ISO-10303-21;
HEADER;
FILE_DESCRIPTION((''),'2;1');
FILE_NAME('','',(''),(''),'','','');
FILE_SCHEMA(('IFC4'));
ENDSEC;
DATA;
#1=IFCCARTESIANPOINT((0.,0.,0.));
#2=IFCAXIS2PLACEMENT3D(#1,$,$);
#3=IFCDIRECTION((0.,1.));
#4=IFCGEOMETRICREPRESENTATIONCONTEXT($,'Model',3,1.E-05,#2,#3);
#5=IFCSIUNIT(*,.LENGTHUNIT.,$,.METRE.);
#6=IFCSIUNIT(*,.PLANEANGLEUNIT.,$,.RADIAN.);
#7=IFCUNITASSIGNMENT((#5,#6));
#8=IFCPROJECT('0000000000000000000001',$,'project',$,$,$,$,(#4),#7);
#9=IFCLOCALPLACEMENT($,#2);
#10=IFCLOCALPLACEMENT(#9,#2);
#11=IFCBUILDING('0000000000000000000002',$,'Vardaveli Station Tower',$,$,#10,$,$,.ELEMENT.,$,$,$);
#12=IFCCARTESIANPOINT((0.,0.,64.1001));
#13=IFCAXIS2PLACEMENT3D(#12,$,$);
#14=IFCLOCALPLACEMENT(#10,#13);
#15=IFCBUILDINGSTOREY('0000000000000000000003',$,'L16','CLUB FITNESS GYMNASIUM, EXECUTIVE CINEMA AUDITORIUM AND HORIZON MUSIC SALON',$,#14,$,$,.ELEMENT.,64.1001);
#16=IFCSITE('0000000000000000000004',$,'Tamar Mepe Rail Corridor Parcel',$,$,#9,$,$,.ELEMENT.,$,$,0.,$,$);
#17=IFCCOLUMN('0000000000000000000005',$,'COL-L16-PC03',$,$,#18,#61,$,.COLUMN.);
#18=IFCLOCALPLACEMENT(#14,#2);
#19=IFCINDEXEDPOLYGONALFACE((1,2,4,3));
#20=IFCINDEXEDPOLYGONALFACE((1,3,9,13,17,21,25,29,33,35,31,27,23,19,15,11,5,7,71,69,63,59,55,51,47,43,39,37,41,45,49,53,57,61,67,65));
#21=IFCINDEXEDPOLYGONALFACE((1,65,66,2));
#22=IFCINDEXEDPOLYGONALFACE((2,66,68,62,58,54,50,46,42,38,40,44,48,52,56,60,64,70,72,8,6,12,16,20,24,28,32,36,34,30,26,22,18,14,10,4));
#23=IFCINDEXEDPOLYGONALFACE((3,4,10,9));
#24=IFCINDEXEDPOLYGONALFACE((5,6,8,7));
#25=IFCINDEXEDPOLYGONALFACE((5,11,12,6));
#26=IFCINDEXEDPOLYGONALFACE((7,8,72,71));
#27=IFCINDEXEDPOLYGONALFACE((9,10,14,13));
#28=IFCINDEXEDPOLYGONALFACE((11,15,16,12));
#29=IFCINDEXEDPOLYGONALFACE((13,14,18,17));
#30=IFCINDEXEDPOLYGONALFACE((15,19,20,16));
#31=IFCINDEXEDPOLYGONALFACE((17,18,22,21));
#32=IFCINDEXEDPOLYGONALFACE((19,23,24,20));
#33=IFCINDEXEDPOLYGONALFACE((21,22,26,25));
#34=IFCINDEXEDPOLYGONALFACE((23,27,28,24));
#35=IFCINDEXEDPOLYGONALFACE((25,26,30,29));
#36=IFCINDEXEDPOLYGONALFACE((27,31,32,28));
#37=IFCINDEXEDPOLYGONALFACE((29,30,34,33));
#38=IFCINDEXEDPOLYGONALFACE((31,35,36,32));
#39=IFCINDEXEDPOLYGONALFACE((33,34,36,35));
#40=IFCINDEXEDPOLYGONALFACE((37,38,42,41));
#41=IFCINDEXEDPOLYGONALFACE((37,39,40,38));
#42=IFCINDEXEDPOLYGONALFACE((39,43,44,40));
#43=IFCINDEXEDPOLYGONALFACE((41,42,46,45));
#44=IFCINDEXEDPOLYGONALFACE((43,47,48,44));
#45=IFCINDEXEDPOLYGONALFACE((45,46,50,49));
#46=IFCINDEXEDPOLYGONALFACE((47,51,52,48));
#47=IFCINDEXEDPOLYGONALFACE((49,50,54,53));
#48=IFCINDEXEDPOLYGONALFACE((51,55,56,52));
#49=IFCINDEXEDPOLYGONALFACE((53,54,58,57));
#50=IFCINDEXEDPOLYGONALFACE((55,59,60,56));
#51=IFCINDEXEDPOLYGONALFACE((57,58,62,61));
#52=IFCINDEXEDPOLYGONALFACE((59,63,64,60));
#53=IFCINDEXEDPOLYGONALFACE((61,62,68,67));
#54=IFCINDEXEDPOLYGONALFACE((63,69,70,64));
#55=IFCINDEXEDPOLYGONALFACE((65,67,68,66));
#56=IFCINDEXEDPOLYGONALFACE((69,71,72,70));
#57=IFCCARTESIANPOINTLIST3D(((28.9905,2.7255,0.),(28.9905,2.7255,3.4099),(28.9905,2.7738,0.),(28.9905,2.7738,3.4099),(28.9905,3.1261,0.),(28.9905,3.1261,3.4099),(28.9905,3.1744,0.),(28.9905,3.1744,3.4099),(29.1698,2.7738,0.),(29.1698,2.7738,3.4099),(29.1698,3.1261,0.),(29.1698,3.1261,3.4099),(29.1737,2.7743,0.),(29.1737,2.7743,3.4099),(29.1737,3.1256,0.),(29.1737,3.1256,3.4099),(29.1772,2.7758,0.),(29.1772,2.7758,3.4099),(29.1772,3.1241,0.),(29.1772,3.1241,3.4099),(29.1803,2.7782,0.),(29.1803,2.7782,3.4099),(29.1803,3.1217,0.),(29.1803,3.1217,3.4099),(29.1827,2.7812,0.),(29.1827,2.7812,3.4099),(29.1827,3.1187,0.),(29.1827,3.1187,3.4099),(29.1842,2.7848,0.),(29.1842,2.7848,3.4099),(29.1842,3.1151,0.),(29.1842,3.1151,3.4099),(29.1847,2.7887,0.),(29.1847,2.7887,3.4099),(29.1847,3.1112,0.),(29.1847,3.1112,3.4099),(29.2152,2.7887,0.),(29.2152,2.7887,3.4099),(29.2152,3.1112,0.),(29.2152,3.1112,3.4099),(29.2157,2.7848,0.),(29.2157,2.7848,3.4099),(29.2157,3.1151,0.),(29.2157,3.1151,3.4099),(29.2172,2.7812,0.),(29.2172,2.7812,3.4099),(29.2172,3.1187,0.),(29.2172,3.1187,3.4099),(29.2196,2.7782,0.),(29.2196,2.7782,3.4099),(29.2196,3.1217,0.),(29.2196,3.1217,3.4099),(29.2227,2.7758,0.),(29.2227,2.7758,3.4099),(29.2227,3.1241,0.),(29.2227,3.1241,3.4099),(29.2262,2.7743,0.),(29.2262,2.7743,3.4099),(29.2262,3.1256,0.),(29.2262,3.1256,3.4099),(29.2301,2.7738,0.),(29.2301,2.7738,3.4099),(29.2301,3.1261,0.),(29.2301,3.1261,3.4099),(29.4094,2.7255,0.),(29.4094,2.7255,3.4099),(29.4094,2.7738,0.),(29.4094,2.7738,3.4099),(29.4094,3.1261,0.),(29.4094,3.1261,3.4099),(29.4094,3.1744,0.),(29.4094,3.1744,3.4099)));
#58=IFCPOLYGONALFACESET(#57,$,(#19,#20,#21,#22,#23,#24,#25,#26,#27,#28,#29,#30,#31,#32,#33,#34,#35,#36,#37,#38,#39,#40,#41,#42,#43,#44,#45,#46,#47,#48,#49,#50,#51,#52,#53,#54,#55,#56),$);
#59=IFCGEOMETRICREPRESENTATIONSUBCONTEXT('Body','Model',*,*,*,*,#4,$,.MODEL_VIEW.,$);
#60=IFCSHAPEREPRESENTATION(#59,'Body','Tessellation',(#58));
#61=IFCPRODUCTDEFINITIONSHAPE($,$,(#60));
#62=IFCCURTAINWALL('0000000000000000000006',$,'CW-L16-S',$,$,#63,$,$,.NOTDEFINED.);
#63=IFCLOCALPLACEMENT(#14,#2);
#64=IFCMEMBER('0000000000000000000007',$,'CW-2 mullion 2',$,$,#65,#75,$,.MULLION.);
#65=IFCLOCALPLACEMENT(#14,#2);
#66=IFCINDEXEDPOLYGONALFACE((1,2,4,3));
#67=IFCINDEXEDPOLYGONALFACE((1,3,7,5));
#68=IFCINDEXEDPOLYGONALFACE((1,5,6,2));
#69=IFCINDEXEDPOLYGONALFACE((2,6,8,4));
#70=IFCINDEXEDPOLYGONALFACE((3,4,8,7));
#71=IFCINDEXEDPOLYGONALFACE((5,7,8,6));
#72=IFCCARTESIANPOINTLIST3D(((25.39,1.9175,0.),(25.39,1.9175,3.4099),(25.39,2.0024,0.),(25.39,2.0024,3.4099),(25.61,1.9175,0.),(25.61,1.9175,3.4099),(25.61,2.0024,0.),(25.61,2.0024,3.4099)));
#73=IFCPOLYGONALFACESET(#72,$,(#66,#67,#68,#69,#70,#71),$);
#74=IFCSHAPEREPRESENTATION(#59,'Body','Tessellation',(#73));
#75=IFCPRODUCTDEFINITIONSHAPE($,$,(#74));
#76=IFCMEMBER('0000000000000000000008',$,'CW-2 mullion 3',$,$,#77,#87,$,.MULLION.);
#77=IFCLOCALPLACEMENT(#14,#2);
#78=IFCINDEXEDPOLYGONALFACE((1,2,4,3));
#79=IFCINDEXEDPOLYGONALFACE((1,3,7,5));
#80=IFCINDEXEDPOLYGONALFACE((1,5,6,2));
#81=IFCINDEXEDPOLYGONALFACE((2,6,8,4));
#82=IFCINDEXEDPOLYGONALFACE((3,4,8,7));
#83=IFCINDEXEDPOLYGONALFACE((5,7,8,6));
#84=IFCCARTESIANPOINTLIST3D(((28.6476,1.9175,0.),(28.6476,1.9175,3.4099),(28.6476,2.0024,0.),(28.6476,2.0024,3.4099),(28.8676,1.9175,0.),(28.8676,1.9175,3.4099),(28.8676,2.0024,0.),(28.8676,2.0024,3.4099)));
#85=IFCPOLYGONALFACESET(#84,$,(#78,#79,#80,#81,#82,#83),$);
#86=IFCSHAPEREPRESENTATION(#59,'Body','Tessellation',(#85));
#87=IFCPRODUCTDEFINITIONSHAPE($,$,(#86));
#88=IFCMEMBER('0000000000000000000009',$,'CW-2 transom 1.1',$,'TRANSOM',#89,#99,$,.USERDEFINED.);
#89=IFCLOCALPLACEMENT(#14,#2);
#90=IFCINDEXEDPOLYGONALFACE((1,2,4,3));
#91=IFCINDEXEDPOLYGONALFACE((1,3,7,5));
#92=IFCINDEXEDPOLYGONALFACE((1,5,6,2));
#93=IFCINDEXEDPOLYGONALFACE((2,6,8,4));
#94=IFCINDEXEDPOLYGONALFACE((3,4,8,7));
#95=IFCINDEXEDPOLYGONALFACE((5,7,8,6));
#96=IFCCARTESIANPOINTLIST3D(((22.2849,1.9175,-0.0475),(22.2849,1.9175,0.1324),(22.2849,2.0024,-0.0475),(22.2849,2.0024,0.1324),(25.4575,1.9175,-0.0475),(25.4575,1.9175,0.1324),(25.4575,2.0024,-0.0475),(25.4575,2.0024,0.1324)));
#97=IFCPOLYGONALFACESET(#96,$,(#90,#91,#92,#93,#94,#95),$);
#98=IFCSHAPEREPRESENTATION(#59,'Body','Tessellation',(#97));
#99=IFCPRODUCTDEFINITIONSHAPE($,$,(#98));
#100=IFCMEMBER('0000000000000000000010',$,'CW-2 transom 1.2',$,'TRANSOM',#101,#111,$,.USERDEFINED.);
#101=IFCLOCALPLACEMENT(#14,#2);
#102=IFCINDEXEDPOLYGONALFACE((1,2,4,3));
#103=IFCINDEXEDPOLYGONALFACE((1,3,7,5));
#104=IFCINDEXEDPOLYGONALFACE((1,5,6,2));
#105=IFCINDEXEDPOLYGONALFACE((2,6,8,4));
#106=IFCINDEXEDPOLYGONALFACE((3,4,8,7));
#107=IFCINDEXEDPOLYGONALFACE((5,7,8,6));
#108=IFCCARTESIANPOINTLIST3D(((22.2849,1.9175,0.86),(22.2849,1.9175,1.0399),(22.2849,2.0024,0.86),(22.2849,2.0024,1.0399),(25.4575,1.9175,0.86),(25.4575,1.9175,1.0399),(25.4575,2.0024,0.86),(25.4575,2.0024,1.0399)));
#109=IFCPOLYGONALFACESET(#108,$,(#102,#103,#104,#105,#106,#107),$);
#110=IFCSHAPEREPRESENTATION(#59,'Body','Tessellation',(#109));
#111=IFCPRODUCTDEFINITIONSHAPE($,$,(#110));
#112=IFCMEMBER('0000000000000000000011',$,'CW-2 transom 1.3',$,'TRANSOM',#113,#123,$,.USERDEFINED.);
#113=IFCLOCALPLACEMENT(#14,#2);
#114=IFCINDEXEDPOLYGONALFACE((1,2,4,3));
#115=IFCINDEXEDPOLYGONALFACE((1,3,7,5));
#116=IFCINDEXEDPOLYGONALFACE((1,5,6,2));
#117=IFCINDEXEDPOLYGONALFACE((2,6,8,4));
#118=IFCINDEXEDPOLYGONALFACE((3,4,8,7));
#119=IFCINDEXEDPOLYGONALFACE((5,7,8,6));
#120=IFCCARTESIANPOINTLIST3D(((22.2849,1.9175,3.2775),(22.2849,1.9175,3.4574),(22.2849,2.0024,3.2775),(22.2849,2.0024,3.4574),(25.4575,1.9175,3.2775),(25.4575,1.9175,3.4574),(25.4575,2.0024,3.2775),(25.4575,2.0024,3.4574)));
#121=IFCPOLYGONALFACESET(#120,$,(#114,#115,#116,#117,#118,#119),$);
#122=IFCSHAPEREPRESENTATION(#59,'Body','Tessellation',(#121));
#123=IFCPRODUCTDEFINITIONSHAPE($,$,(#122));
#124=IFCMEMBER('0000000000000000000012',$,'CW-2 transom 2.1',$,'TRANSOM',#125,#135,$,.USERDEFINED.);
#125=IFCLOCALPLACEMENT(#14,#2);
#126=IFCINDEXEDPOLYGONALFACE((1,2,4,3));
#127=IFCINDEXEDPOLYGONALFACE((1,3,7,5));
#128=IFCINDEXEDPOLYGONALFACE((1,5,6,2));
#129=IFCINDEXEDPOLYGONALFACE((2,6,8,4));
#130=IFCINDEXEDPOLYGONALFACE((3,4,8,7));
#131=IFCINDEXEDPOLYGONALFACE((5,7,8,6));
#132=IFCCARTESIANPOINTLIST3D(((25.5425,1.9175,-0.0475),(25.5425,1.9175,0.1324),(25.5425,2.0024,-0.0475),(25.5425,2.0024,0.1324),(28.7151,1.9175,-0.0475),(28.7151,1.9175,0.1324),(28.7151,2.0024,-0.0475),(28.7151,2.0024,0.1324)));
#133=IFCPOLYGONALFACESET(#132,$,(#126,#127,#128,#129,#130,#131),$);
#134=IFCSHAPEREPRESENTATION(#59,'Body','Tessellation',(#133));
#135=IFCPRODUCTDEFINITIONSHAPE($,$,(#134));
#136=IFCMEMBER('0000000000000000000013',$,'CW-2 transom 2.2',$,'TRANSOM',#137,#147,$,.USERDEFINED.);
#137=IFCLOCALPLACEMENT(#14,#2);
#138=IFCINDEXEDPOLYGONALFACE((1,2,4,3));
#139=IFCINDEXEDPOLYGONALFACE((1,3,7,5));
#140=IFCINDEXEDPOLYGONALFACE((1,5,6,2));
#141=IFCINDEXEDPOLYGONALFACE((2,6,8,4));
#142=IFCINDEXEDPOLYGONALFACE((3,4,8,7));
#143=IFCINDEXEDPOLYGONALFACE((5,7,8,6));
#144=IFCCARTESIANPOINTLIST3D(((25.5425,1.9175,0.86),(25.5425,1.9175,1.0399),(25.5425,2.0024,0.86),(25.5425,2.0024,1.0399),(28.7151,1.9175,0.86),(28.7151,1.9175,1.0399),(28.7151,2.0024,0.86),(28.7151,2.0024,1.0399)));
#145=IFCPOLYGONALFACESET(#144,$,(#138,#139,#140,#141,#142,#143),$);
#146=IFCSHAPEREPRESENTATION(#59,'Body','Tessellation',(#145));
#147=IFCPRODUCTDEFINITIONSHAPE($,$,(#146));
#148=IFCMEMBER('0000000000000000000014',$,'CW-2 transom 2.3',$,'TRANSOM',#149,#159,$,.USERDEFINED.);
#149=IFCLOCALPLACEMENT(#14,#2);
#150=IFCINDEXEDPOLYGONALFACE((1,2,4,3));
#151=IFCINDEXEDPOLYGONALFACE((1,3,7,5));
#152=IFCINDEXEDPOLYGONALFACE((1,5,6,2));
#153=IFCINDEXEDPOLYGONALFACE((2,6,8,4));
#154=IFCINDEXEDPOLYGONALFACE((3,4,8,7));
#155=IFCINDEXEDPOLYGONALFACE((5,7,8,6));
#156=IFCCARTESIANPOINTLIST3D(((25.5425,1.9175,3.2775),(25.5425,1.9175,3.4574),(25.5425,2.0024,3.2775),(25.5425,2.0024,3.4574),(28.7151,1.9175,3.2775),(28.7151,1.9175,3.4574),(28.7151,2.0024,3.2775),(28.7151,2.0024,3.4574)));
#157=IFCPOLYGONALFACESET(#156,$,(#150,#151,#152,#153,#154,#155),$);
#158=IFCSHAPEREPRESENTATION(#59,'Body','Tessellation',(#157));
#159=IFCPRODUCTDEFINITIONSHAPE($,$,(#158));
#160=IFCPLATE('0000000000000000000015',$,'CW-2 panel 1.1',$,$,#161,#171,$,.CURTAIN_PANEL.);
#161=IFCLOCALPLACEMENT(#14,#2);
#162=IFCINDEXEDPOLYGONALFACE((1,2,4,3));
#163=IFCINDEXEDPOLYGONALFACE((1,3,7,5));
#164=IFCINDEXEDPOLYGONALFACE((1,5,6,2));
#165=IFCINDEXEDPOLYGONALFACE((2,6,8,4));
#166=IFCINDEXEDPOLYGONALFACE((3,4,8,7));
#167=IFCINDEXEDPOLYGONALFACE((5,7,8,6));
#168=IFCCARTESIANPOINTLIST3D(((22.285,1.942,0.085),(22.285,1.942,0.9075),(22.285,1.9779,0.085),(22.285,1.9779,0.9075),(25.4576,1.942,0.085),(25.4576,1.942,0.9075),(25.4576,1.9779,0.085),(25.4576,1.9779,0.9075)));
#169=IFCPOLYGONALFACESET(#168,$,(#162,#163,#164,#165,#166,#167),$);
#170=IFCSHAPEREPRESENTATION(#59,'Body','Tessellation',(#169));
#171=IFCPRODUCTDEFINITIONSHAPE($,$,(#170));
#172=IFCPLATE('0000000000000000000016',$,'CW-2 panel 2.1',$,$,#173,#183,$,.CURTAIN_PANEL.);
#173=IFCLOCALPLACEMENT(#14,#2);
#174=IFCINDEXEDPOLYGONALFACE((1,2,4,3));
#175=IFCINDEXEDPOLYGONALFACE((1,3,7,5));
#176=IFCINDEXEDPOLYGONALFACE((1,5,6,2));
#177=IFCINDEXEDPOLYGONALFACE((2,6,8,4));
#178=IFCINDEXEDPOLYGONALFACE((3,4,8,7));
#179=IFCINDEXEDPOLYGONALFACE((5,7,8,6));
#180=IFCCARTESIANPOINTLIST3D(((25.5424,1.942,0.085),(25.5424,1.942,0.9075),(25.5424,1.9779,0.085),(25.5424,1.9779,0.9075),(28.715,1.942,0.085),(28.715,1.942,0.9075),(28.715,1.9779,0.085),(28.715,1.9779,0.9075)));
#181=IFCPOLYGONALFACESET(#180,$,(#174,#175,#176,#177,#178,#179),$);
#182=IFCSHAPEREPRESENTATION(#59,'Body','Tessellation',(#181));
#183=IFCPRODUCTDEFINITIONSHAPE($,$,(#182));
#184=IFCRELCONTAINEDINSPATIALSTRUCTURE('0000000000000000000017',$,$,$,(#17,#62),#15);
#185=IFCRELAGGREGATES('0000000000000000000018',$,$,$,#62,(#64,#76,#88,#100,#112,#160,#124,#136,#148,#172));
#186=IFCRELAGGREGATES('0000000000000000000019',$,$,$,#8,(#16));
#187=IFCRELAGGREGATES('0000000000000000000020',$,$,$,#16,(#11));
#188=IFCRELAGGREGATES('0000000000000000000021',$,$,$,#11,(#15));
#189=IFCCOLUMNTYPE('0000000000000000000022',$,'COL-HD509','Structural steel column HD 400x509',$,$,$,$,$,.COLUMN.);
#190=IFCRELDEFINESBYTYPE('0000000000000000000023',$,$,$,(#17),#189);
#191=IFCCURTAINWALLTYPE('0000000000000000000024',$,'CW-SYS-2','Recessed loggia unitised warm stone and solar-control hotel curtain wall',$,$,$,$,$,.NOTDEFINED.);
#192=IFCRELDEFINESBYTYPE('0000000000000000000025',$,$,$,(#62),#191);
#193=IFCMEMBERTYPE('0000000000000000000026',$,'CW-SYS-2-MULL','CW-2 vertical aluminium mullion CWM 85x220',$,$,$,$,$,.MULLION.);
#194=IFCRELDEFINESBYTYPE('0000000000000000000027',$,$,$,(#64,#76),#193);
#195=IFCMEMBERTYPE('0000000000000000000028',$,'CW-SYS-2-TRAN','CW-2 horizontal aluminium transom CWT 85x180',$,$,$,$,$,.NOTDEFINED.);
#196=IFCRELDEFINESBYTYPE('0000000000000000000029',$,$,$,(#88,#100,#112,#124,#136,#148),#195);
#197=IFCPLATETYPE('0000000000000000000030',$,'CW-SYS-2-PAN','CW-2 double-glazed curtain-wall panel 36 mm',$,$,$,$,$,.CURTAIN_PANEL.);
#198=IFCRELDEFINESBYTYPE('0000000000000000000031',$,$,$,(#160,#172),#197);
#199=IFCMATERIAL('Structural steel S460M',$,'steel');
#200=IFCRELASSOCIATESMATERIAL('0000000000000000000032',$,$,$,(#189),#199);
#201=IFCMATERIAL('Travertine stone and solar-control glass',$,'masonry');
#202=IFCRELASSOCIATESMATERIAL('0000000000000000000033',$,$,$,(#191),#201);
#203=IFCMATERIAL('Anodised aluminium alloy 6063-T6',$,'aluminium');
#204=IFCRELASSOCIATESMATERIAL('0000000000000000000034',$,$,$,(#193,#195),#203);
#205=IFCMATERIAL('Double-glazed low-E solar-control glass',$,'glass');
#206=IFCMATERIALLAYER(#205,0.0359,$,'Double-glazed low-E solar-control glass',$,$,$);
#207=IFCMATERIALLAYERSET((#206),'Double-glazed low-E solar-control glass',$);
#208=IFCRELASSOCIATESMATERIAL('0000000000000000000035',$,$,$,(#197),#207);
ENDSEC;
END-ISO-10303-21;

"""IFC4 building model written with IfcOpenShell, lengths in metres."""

from ifc_helpers import new_model, si_unit, direction, frame, origin, origin_2d, place, context, subcontext, project, spatial, rectangle, i_section, extrude, source, transform, mapped, material, layer, layer_set, material_profile, profile_set, type_object, element, aggregate, save


model = new_model("IFC4")

# Units and contexts
model_context = context("Model", 3, precision=1e-05, world=origin(), true_north=direction((0.0, 1.0)))
body_context = subcontext(model_context, "Body", "Model", "MODEL_VIEW")
ifc_project = project(units=[si_unit("LENGTHUNIT", "METRE"), si_unit("PLANEANGLEUNIT", "RADIAN")], contexts=[model_context])

# Site, building, storey
site_placement = place(None, origin())
site = spatial("IfcSite", under=ifc_project, at=site_placement, Name="Tamar Mepe Rail Corridor Parcel", CompositionType="ELEMENT", RefElevation=0.0)
building_placement = place(site_placement, origin())
building = spatial("IfcBuilding", under=site, at=building_placement, Name="Vardaveli Station Tower", CompositionType="ELEMENT")
storey_placement = place(building_placement, frame((0.0, 0.0, 64.1001)))
storey = spatial("IfcBuildingStorey", under=building, at=storey_placement, Name="L16", Description="CLUB FITNESS GYMNASIUM, EXECUTIVE CINEMA AUDITORIUM AND HORIZON MUSIC SALON", CompositionType="ELEMENT", Elevation=64.1001)

# Column
ifc_material_1 = material(Name="Structural steel S460M", Category="steel")
ifc_material_profile_1 = material_profile(ifc_material_1, i_section(OverallWidth=0.4189, OverallDepth=0.449, WebThickness=0.0305, FlangeThickness=0.0483, FilletRadius=0.0149, at=origin_2d()), Name="HD 400x509")
ifc_profile_set_1 = profile_set([ifc_material_profile_1], Name="Structural steel S460M")
column_type = type_object("IfcColumnType", Name="COL-HD509", Description="Structural steel column HD 400x509", PredefinedType="COLUMN", material=ifc_profile_set_1)
shared_shape_1 = source(origin(), body_context, "Body", "SweptSolid", [
    extrude(i_section(OverallWidth=0.4189, OverallDepth=0.449, WebThickness=0.0305, FlangeThickness=0.0483, FilletRadius=0.0149, at=origin_2d()), origin(), (0.0, 0.0, 1.0), 3.4099),
])
column_placement = place(storey_placement, frame((29.2, 2.95, 0.0), z_axis=(0.0, 0.0, 1.0), x_axis=(1.0, 0.0, 0.0)))
element("IfcColumn", 1, at=column_placement, inside=storey, type_object=column_type, Name="COL-L16-PC03", PredefinedType="COLUMN", context=body_context, shape_type="MappedRepresentation", body=[
    mapped(shared_shape_1, transform((0.0, 0.0, 0.0), scale=1.0)),
])

# Curtain wall, members, plates
ifc_material_2 = material(Name="Travertine stone and solar-control glass", Category="masonry")
curtain_wall_type = type_object("IfcCurtainWallType", Name="CW-SYS-2", Description="Recessed loggia unitised warm stone and solar-control hotel curtain wall", PredefinedType="NOTDEFINED", material=ifc_material_2)
curtain_wall_placement = place(storey_placement, origin())
curtain_wall = element("IfcCurtainWall", 2, at=curtain_wall_placement, inside=storey, type_object=curtain_wall_type, Name="CW-L16-S", PredefinedType="NOTDEFINED")
ifc_material_3 = material(Name="Anodised aluminium alloy 6063-T6", Category="aluminium")
ifc_material_profile_2 = material_profile(ifc_material_3, rectangle(XDim=0.085, YDim=0.22, at=origin_2d()), Name="CWM 85x220")
ifc_profile_set_2 = profile_set([ifc_material_profile_2], Name="Anodised aluminium alloy 6063-T6")
member_type_1 = type_object("IfcMemberType", Name="CW-SYS-2-MULL", Description="CW-2 vertical aluminium mullion CWM 85x220", PredefinedType="MULLION", material=ifc_profile_set_2)
shared_shape_2 = source(origin(), body_context, "Body", "SweptSolid", [
    extrude(rectangle(XDim=0.085, YDim=0.22, at=origin_2d()), origin(), (0.0, 0.0, 1.0), 3.4099),
])
member_1_placement = place(storey_placement, frame((25.5, 1.96, 0.0), z_axis=(0.0, 0.0, 1.0), x_axis=(0.0, 1.0, 0.0)))
member_1 = element("IfcMember", 3, at=member_1_placement, type_object=member_type_1, Name="CW-2 mullion 2", PredefinedType="MULLION", context=body_context, shape_type="MappedRepresentation", body=[
    mapped(shared_shape_2, transform((0.0, 0.0, 0.0), scale=1.0)),
])
member_2_placement = place(storey_placement, frame((28.7576, 1.96, 0.0), z_axis=(0.0, 0.0, 1.0), x_axis=(0.0, 1.0, 0.0)))
member_2 = element("IfcMember", 4, at=member_2_placement, type_object=member_type_1, Name="CW-2 mullion 3", PredefinedType="MULLION", context=body_context, shape_type="MappedRepresentation", body=[
    mapped(shared_shape_2, transform((0.0, 0.0, 0.0), scale=1.0)),
])
ifc_material_profile_3 = material_profile(ifc_material_3, rectangle(XDim=0.085, YDim=0.1799, at=origin_2d()), Name="CWT 85x180")
ifc_profile_set_3 = profile_set([ifc_material_profile_3], Name="Anodised aluminium alloy 6063-T6")
member_type_2 = type_object("IfcMemberType", Name="CW-SYS-2-TRAN", Description="CW-2 horizontal aluminium transom CWT 85x180", PredefinedType="NOTDEFINED", material=ifc_profile_set_3)
shared_shape_3 = source(origin(), body_context, "Body", "SweptSolid", [
    extrude(rectangle(XDim=0.085, YDim=0.1799, at=origin_2d()), origin(), (0.0, 0.0, 1.0), 3.1726),
])
member_3_placement = place(storey_placement, frame((22.2849, 1.96, 0.0425), z_axis=(1.0, 0.0, 0.0), x_axis=(0.0, 1.0, 0.0)))
member_3 = element("IfcMember", 5, at=member_3_placement, type_object=member_type_2, Name="CW-2 transom 1.1", ObjectType="TRANSOM", PredefinedType="USERDEFINED", context=body_context, shape_type="MappedRepresentation", body=[
    mapped(shared_shape_3, transform((0.0, 0.0, 0.0), scale=1.0)),
])
member_4_placement = place(storey_placement, frame((22.2849, 1.96, 0.95), z_axis=(1.0, 0.0, 0.0), x_axis=(0.0, 1.0, 0.0)))
member_4 = element("IfcMember", 6, at=member_4_placement, type_object=member_type_2, Name="CW-2 transom 1.2", ObjectType="TRANSOM", PredefinedType="USERDEFINED", context=body_context, shape_type="MappedRepresentation", body=[
    mapped(shared_shape_3, transform((0.0, 0.0, 0.0), scale=1.0)),
])
member_5_placement = place(storey_placement, frame((22.2849, 1.96, 3.3674), z_axis=(1.0, 0.0, 0.0), x_axis=(0.0, 1.0, 0.0)))
member_5 = element("IfcMember", 7, at=member_5_placement, type_object=member_type_2, Name="CW-2 transom 1.3", ObjectType="TRANSOM", PredefinedType="USERDEFINED", context=body_context, shape_type="MappedRepresentation", body=[
    mapped(shared_shape_3, transform((0.0, 0.0, 0.0), scale=1.0)),
])
member_6_placement = place(storey_placement, frame((25.5425, 1.96, 0.0425), z_axis=(1.0, 0.0, 0.0), x_axis=(0.0, 1.0, 0.0)))
member_6 = element("IfcMember", 8, at=member_6_placement, type_object=member_type_2, Name="CW-2 transom 2.1", ObjectType="TRANSOM", PredefinedType="USERDEFINED", context=body_context, shape_type="MappedRepresentation", body=[
    mapped(shared_shape_3, transform((0.0, 0.0, 0.0), scale=1.0)),
])
member_7_placement = place(storey_placement, frame((25.5425, 1.96, 0.95), z_axis=(1.0, 0.0, 0.0), x_axis=(0.0, 1.0, 0.0)))
member_7 = element("IfcMember", 9, at=member_7_placement, type_object=member_type_2, Name="CW-2 transom 2.2", ObjectType="TRANSOM", PredefinedType="USERDEFINED", context=body_context, shape_type="MappedRepresentation", body=[
    mapped(shared_shape_3, transform((0.0, 0.0, 0.0), scale=1.0)),
])
member_8_placement = place(storey_placement, frame((25.5425, 1.96, 3.3674), z_axis=(1.0, 0.0, 0.0), x_axis=(0.0, 1.0, 0.0)))
member_8 = element("IfcMember", 10, at=member_8_placement, type_object=member_type_2, Name="CW-2 transom 2.3", ObjectType="TRANSOM", PredefinedType="USERDEFINED", context=body_context, shape_type="MappedRepresentation", body=[
    mapped(shared_shape_3, transform((0.0, 0.0, 0.0), scale=1.0)),
])
ifc_material_4 = material(Name="Double-glazed low-E solar-control glass", Category="glass")
ifc_layer_1 = layer(ifc_material_4, 0.0359, Name="Double-glazed low-E solar-control glass")
ifc_layer_set_1 = layer_set([ifc_layer_1], Name="Double-glazed low-E solar-control glass")
plate_type = type_object("IfcPlateType", Name="CW-SYS-2-PAN", Description="CW-2 double-glazed curtain-wall panel 36 mm", PredefinedType="CURTAIN_PANEL", material=ifc_layer_set_1)
shared_shape_4 = source(origin(), body_context, "Body", "SweptSolid", [
    extrude(rectangle(XDim=3.1726, YDim=0.0359, at=origin_2d()), origin(), (0.0, 0.0, 1.0), 0.8225),
])
plate_1_placement = place(storey_placement, frame((23.8713, 1.96, 0.085), z_axis=(0.0, 0.0, 1.0), x_axis=(1.0, 0.0, 0.0)))
plate_1 = element("IfcPlate", 11, at=plate_1_placement, type_object=plate_type, Name="CW-2 panel 1.1", PredefinedType="CURTAIN_PANEL", context=body_context, shape_type="MappedRepresentation", body=[
    mapped(shared_shape_4, transform((0.0, 0.0, 0.0), scale=1.0)),
])
plate_2_placement = place(storey_placement, frame((27.1287, 1.96, 0.085), z_axis=(0.0, 0.0, 1.0), x_axis=(1.0, 0.0, 0.0)))
plate_2 = element("IfcPlate", 12, at=plate_2_placement, type_object=plate_type, Name="CW-2 panel 2.1", PredefinedType="CURTAIN_PANEL", context=body_context, shape_type="MappedRepresentation", body=[
    mapped(shared_shape_4, transform((0.0, 0.0, 0.0), scale=1.0)),
])
aggregate(curtain_wall, [member_1, member_2, member_3, member_4, member_5, plate_1, member_6, member_7, member_8, plate_2])

save(model, "model.ifc")
